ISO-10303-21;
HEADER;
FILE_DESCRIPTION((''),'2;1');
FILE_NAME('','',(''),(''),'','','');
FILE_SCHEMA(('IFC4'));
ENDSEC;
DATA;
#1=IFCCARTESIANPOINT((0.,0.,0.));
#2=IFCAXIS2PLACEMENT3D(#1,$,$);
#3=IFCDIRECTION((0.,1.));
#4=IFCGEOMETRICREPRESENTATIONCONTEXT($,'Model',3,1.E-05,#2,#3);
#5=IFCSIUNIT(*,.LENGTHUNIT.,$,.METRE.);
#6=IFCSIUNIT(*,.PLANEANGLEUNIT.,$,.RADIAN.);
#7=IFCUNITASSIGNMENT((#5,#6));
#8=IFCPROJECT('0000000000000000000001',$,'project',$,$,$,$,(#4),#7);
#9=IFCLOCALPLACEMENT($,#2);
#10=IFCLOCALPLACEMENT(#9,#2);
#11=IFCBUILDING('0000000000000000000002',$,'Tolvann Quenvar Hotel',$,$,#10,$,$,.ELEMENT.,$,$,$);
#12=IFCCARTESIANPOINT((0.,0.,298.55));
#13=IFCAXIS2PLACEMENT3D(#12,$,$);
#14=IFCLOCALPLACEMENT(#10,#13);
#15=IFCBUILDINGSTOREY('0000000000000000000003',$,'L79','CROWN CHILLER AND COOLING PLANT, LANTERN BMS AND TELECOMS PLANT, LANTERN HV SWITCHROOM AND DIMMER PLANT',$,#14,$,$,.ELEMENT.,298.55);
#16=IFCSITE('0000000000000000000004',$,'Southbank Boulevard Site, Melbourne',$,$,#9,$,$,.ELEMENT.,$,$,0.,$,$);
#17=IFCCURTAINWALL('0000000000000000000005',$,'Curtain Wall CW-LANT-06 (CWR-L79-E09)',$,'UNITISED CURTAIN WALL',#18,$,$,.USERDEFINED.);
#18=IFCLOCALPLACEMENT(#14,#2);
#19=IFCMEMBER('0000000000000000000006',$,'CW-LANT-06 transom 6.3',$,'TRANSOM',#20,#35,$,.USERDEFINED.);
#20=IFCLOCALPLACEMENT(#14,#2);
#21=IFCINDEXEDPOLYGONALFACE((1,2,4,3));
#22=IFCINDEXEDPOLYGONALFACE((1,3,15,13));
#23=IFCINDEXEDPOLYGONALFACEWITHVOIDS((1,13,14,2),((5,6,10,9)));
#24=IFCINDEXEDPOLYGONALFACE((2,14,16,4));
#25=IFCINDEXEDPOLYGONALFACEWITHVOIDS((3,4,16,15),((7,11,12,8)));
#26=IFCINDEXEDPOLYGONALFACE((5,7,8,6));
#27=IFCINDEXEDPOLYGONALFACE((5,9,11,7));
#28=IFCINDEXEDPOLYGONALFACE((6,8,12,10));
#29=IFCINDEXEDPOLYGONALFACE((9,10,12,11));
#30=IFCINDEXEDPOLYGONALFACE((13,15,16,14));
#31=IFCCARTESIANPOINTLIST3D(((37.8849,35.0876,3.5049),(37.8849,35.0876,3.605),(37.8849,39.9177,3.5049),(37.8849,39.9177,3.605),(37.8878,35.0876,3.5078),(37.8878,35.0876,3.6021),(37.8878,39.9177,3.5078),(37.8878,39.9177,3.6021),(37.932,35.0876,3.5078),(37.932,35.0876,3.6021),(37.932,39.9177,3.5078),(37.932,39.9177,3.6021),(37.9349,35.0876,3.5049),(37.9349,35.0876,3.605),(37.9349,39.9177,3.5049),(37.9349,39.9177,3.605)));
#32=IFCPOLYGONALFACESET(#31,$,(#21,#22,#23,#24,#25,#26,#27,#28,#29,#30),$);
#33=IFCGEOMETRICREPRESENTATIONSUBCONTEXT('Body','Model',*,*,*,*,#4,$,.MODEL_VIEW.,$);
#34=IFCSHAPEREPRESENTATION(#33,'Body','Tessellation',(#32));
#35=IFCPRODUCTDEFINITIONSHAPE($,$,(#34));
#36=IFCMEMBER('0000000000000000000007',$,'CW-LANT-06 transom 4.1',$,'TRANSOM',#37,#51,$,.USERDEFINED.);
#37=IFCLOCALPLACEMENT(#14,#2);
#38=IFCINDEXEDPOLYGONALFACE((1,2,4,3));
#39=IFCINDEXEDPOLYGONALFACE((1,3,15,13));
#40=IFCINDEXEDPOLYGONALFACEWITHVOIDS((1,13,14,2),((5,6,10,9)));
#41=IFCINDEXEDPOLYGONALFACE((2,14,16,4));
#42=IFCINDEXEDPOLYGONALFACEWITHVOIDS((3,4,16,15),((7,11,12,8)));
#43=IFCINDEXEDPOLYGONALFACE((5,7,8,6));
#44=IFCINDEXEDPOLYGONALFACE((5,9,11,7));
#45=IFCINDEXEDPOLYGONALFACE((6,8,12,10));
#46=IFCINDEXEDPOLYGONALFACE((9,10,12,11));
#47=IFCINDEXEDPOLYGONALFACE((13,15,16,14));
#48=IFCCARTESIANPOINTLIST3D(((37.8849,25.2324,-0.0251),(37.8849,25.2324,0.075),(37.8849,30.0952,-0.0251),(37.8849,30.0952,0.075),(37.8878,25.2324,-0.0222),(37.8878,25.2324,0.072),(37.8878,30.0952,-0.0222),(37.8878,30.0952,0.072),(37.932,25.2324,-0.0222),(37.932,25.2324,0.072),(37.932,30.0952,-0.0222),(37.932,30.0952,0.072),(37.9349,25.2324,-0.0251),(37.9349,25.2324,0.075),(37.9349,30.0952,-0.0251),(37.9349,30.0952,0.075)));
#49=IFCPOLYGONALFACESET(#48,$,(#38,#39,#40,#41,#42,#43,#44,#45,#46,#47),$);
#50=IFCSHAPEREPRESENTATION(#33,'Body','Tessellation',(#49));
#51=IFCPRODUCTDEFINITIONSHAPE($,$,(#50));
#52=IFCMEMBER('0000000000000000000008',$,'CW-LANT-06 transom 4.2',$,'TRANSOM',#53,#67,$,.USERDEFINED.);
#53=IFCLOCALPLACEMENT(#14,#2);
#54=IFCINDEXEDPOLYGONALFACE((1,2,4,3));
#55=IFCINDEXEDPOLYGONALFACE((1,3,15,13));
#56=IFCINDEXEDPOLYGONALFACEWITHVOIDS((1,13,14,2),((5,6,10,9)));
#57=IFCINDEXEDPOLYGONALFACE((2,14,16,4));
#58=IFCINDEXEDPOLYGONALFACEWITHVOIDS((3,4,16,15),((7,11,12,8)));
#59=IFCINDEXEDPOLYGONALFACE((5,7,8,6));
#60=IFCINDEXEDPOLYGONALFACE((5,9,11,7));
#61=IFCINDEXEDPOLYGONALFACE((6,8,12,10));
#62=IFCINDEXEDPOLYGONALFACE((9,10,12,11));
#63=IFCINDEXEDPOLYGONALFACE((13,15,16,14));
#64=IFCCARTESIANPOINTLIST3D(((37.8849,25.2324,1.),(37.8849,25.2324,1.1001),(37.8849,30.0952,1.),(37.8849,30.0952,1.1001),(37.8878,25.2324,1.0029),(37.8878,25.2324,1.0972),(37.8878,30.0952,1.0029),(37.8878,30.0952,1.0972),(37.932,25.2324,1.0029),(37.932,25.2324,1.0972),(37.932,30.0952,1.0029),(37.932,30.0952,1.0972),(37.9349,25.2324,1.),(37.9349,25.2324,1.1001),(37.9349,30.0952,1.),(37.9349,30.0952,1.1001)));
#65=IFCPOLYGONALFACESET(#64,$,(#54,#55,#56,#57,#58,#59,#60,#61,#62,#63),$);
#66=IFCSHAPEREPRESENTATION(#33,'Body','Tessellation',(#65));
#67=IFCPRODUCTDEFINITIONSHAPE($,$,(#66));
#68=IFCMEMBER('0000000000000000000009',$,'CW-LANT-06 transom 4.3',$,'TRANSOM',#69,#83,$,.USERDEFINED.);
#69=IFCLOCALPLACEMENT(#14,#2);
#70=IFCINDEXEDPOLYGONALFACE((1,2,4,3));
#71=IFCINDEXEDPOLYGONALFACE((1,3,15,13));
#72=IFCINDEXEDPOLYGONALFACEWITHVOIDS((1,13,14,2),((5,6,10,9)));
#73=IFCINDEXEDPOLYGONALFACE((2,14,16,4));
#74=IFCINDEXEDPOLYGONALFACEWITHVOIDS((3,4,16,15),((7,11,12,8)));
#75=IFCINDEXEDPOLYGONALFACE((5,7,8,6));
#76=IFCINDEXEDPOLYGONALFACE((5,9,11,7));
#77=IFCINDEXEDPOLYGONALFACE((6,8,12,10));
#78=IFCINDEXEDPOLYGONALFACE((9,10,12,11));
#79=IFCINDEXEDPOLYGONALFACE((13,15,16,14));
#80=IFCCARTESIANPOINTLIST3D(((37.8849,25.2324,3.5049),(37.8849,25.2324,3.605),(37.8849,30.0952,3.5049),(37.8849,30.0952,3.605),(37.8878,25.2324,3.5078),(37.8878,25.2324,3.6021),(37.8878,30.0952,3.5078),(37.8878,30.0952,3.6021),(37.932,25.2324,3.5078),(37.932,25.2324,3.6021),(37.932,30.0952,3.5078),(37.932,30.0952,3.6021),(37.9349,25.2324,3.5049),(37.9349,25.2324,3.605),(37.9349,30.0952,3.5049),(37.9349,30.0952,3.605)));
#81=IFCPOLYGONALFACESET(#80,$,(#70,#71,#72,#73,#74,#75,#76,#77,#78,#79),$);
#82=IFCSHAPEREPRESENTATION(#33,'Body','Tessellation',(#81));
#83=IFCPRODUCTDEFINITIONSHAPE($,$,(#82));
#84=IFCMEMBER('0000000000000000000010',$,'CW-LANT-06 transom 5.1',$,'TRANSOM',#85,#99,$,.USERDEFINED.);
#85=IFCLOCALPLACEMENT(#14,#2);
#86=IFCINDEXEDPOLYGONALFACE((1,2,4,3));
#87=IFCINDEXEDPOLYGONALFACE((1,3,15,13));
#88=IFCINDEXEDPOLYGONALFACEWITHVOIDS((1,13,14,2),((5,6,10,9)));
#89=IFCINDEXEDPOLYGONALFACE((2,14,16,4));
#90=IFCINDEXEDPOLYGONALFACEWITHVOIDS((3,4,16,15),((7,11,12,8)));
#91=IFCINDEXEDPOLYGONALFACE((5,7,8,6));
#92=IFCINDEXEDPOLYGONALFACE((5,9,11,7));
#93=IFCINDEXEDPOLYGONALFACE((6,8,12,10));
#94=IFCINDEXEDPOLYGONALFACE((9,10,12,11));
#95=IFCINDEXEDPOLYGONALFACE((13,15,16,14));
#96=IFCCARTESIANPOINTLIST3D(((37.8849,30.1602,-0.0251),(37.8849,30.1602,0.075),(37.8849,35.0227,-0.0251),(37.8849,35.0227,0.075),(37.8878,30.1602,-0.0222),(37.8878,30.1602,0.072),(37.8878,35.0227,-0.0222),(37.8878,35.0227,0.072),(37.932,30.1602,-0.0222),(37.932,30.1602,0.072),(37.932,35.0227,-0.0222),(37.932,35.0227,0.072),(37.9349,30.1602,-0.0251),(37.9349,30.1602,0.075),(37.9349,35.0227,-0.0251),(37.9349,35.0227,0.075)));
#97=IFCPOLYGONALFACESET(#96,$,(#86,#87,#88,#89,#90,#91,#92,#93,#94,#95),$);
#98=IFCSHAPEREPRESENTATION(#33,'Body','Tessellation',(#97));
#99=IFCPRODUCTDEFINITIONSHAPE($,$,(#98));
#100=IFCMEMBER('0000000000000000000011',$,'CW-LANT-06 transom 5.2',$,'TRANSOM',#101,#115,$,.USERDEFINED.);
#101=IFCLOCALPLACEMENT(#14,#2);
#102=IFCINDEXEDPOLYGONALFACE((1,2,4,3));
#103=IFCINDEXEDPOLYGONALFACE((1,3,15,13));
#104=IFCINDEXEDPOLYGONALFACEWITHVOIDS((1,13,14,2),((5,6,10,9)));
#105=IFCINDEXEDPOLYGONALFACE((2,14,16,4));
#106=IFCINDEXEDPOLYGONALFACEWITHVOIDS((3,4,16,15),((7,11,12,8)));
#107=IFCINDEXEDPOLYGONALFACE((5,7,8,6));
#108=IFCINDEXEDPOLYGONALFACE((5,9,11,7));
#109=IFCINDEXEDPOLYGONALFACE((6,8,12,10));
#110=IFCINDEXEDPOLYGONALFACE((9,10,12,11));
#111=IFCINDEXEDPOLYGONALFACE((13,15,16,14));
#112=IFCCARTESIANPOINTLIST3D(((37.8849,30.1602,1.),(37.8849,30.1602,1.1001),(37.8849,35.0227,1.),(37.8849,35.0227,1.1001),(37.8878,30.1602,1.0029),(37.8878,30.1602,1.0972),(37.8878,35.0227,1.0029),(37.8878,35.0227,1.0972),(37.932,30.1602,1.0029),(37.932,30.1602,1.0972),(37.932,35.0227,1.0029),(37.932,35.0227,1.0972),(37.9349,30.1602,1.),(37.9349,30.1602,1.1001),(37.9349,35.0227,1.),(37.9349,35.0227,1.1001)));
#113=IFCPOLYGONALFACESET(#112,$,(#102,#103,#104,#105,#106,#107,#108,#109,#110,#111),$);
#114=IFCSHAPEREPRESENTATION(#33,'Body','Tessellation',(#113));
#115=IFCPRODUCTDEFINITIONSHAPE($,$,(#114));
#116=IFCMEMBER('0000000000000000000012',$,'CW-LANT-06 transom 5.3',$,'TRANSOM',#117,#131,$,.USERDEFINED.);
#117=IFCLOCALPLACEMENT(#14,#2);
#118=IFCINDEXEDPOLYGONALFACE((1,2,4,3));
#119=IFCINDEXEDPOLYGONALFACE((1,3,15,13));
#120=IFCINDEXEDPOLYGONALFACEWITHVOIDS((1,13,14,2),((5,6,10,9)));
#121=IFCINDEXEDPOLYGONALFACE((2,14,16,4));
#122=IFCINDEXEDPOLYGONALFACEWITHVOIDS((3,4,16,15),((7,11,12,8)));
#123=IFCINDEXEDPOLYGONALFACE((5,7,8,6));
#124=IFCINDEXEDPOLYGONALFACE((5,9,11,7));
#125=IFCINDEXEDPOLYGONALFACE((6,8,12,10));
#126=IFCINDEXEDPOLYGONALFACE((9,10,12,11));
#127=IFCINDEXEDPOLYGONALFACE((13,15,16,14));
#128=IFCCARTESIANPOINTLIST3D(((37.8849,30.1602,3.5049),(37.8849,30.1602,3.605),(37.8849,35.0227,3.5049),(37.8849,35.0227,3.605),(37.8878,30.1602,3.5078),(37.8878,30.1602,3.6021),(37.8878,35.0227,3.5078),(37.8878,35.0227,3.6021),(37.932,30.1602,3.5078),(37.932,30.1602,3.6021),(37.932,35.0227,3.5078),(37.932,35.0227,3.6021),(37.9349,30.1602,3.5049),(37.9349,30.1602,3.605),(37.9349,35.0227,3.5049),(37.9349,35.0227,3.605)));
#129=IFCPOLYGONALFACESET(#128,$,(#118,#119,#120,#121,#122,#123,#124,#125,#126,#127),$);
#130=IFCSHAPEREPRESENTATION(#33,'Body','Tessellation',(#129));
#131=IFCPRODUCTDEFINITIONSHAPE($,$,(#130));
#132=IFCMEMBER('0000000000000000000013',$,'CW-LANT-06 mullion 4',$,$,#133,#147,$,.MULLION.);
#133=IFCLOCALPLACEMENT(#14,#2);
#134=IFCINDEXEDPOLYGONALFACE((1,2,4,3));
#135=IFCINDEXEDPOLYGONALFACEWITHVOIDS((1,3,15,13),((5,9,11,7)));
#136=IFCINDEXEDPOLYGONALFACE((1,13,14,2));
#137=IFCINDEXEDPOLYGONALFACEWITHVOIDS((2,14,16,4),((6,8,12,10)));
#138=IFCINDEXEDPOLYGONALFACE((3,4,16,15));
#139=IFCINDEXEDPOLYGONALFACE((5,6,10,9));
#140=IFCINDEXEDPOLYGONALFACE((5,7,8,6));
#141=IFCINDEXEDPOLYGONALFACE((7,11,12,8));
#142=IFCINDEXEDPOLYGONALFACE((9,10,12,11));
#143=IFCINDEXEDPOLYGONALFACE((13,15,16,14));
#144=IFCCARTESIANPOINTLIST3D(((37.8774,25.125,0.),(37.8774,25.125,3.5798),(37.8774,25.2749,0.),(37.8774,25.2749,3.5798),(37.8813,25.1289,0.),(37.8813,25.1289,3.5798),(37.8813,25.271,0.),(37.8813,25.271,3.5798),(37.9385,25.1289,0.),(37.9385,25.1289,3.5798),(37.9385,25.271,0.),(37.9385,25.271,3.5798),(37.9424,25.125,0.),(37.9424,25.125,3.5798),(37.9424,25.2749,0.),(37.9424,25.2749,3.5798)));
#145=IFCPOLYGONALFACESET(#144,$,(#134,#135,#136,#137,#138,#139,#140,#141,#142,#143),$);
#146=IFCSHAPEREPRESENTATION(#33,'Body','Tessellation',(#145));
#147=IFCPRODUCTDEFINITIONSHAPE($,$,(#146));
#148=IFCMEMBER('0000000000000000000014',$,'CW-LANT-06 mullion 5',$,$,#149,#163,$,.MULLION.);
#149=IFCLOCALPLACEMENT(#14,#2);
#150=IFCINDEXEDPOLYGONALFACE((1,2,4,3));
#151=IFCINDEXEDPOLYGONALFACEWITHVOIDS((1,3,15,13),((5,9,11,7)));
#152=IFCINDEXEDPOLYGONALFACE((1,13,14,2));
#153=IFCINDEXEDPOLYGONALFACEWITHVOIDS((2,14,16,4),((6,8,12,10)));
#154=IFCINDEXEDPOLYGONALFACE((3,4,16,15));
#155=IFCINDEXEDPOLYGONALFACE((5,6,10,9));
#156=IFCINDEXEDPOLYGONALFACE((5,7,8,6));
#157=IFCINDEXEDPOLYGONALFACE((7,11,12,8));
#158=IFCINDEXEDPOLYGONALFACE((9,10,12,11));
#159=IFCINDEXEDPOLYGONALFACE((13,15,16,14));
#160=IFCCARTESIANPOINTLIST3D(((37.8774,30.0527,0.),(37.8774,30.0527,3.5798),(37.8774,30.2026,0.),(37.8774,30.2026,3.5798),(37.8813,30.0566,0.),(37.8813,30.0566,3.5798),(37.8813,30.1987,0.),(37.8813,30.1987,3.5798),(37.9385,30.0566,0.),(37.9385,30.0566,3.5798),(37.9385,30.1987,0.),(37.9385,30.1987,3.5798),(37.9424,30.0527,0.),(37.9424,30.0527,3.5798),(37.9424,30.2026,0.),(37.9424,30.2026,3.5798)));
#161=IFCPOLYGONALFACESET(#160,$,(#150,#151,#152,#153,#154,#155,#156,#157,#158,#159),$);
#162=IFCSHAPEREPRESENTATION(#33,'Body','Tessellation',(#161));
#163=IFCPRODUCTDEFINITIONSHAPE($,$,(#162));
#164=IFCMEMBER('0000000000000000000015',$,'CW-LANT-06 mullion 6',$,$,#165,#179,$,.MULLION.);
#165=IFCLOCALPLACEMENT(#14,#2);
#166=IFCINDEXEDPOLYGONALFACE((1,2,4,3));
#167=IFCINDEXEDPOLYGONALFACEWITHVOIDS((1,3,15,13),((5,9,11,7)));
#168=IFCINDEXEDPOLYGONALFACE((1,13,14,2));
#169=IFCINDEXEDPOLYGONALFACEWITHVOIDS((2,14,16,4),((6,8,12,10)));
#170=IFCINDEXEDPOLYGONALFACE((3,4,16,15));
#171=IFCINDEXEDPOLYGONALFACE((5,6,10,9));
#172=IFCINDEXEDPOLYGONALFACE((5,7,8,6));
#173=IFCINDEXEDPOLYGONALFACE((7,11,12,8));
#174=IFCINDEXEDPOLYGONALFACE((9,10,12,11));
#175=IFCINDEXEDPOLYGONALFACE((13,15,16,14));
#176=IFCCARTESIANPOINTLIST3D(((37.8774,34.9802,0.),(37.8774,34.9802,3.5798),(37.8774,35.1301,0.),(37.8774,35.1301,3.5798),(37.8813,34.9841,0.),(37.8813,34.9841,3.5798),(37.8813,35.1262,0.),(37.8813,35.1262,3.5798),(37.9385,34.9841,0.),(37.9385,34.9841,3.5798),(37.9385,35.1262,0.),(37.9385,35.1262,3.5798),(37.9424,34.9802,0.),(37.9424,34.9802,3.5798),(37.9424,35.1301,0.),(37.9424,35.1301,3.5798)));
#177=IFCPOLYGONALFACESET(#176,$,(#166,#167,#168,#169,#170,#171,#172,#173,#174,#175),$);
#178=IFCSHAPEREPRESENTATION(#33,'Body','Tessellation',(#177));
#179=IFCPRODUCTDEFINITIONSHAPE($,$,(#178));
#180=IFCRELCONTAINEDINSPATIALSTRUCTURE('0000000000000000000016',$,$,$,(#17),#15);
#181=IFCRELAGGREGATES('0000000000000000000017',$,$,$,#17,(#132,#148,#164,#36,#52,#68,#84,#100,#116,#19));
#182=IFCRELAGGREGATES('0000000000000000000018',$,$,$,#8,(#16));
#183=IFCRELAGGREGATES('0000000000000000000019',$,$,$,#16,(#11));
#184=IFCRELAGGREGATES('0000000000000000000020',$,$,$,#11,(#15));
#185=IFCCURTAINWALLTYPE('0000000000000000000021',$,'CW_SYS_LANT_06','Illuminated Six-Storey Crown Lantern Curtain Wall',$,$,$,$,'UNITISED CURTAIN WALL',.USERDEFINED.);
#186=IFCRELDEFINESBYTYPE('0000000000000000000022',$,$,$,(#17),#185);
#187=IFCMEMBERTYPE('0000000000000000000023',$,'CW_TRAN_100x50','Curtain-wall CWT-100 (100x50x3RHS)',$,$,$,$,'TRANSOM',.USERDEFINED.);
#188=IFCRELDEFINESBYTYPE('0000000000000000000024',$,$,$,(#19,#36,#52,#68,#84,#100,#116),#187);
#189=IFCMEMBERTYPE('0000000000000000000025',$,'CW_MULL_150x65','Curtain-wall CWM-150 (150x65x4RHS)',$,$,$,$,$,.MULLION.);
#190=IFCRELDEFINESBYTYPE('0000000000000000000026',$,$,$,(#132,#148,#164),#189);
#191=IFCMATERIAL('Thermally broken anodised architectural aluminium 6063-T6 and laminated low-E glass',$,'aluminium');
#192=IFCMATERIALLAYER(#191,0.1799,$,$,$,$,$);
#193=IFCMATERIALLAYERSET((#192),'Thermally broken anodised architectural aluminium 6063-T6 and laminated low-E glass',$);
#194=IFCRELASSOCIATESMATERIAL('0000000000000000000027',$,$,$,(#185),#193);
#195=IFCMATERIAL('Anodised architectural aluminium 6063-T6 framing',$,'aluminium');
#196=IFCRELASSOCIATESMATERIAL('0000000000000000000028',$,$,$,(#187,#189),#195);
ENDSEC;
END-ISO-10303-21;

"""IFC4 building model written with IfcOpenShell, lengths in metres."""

from ifc_helpers import new_model, si_unit, direction, frame, origin, origin_2d, place, context, subcontext, project, spatial, hollow_rectangle, extrude, source, transform, mapped, material, layer, layer_set, material_profile, profile_set, type_object, type_shapes, element, aggregate, save


model = new_model("IFC4")

# Units and contexts
model_context = context("Model", 3, precision=1e-05, world=origin(), true_north=direction((0.0, 1.0)))
body_context = subcontext(model_context, "Body", "Model", "MODEL_VIEW")
ifc_project = project(units=[si_unit("LENGTHUNIT", "METRE"), si_unit("PLANEANGLEUNIT", "RADIAN")], contexts=[model_context])

# Site, building, storey
site_placement = place(None, origin())
site = spatial("IfcSite", under=ifc_project, at=site_placement, Name="Southbank Boulevard Site, Melbourne", CompositionType="ELEMENT", RefElevation=0.0)
building_placement = place(site_placement, origin())
building = spatial("IfcBuilding", under=site, at=building_placement, Name="Tolvann Quenvar Hotel", CompositionType="ELEMENT")
storey_placement = place(building_placement, frame((0.0, 0.0, 298.55)))
storey = spatial("IfcBuildingStorey", under=building, at=storey_placement, Name="L79", Description="CROWN CHILLER AND COOLING PLANT, LANTERN BMS AND TELECOMS PLANT, LANTERN HV SWITCHROOM AND DIMMER PLANT", CompositionType="ELEMENT", Elevation=298.55)

# Curtain wall, members
ifc_material_1 = material(Name="Thermally broken anodised architectural aluminium 6063-T6 and laminated low-E glass", Category="aluminium")
ifc_layer_1 = layer(ifc_material_1, 0.1799)
ifc_layer_set_1 = layer_set([ifc_layer_1], Name="Thermally broken anodised architectural aluminium 6063-T6 and laminated low-E glass")
curtain_wall_type = type_object("IfcCurtainWallType", Name="CW_SYS_LANT_06", Description="Illuminated Six-Storey Crown Lantern Curtain Wall", ElementType="UNITISED CURTAIN WALL", PredefinedType="USERDEFINED", material=ifc_layer_set_1)
curtain_wall_placement = place(storey_placement, origin())
curtain_wall = element("IfcCurtainWall", 1, at=curtain_wall_placement, inside=storey, type_object=curtain_wall_type, Name="Curtain Wall CW-LANT-06 (CWR-L79-E09)", ObjectType="UNITISED CURTAIN WALL", PredefinedType="USERDEFINED")
ifc_material_2 = material(Name="Anodised architectural aluminium 6063-T6 framing", Category="aluminium")
ifc_material_profile_1 = material_profile(ifc_material_2, hollow_rectangle(XDim=0.05, YDim=0.1001, WallThickness=0.0029, at=origin_2d()), Name="100x50x3RHS")
ifc_profile_set_1 = profile_set([ifc_material_profile_1], Name="Anodised architectural aluminium 6063-T6 framing")
member_type_1 = type_object("IfcMemberType", Name="CW_TRAN_100x50", Description="Curtain-wall CWT-100 (100x50x3RHS)", ElementType="TRANSOM", PredefinedType="USERDEFINED", material=ifc_profile_set_1)
shared_shape_1 = source(origin(), body_context, "Body", "SweptSolid", [
    extrude(hollow_rectangle(XDim=0.05, YDim=0.1001, WallThickness=0.0029, at=origin_2d()), origin(), (0.0, 0.0, 1.0), 4.8301),
])
member_1_placement = place(storey_placement, frame((37.9099, 35.0876, 3.5549), z_axis=(0.0, 1.0, 0.0), x_axis=(-1.0, 0.0, 0.0)))
member_1 = element("IfcMember", 2, at=member_1_placement, type_object=member_type_1, Name="CW-LANT-06 transom 6.3", ObjectType="TRANSOM", PredefinedType="USERDEFINED", context=body_context, shape_type="MappedRepresentation", body=[
    mapped(shared_shape_1, transform((0.0, 0.0, 0.0), x_axis=(1.0, 0.0, 0.0), y_axis=(0.0, 1.0, 0.0), z_axis=(0.0, 0.0, 1.0), scale=1.0)),
])
shared_shape_2 = source(origin(), body_context, "Body", "SweptSolid", [
    extrude(hollow_rectangle(XDim=0.05, YDim=0.1001, WallThickness=0.0029, at=origin_2d()), origin(), (0.0, 0.0, 1.0), 4.8628),
])
member_2_placement = place(storey_placement, frame((37.9099, 25.2324, 0.0249), z_axis=(0.0, 1.0, 0.0), x_axis=(-1.0, 0.0, 0.0)))
member_2 = element("IfcMember", 3, at=member_2_placement, type_object=member_type_1, Name="CW-LANT-06 transom 4.1", ObjectType="TRANSOM", PredefinedType="USERDEFINED", context=body_context, shape_type="MappedRepresentation", body=[
    mapped(shared_shape_2, transform((0.0, 0.0, 0.0), x_axis=(1.0, 0.0, 0.0), y_axis=(0.0, 1.0, 0.0), z_axis=(0.0, 0.0, 1.0), scale=1.0)),
])
member_3_placement = place(storey_placement, frame((37.9099, 25.2324, 1.05), z_axis=(0.0, 1.0, 0.0), x_axis=(-1.0, 0.0, 0.0)))
member_3 = element("IfcMember", 4, at=member_3_placement, type_object=member_type_1, Name="CW-LANT-06 transom 4.2", ObjectType="TRANSOM", PredefinedType="USERDEFINED", context=body_context, shape_type="MappedRepresentation", body=[
    mapped(shared_shape_2, transform((0.0, 0.0, 0.0), x_axis=(1.0, 0.0, 0.0), y_axis=(0.0, 1.0, 0.0), z_axis=(0.0, 0.0, 1.0), scale=1.0)),
])
member_4_placement = place(storey_placement, frame((37.9099, 25.2324, 3.5549), z_axis=(0.0, 1.0, 0.0), x_axis=(-1.0, 0.0, 0.0)))
member_4 = element("IfcMember", 5, at=member_4_placement, type_object=member_type_1, Name="CW-LANT-06 transom 4.3", ObjectType="TRANSOM", PredefinedType="USERDEFINED", context=body_context, shape_type="MappedRepresentation", body=[
    mapped(shared_shape_2, transform((0.0, 0.0, 0.0), x_axis=(1.0, 0.0, 0.0), y_axis=(0.0, 1.0, 0.0), z_axis=(0.0, 0.0, 1.0), scale=1.0)),
])
shared_shape_3 = source(origin(), body_context, "Body", "SweptSolid", [
    extrude(hollow_rectangle(XDim=0.05, YDim=0.1001, WallThickness=0.0029, at=origin_2d()), origin(), (0.0, 0.0, 1.0), 4.8625),
])
type_shapes(member_type_1, [shared_shape_1, shared_shape_2, shared_shape_3])
member_5_placement = place(storey_placement, frame((37.9099, 30.1602, 0.0249), z_axis=(0.0, 1.0, 0.0), x_axis=(-1.0, 0.0, 0.0)))
member_5 = element("IfcMember", 6, at=member_5_placement, type_object=member_type_1, Name="CW-LANT-06 transom 5.1", ObjectType="TRANSOM", PredefinedType="USERDEFINED", context=body_context, shape_type="MappedRepresentation", body=[
    mapped(shared_shape_3, transform((0.0, 0.0, 0.0), x_axis=(1.0, 0.0, 0.0), y_axis=(0.0, 1.0, 0.0), z_axis=(0.0, 0.0, 1.0), scale=1.0)),
])
member_6_placement = place(storey_placement, frame((37.9099, 30.1602, 1.05), z_axis=(0.0, 1.0, 0.0), x_axis=(-1.0, 0.0, 0.0)))
member_6 = element("IfcMember", 7, at=member_6_placement, type_object=member_type_1, Name="CW-LANT-06 transom 5.2", ObjectType="TRANSOM", PredefinedType="USERDEFINED", context=body_context, shape_type="MappedRepresentation", body=[
    mapped(shared_shape_3, transform((0.0, 0.0, 0.0), x_axis=(1.0, 0.0, 0.0), y_axis=(0.0, 1.0, 0.0), z_axis=(0.0, 0.0, 1.0), scale=1.0)),
])
member_7_placement = place(storey_placement, frame((37.9099, 30.1602, 3.5549), z_axis=(0.0, 1.0, 0.0), x_axis=(-1.0, 0.0, 0.0)))
member_7 = element("IfcMember", 8, at=member_7_placement, type_object=member_type_1, Name="CW-LANT-06 transom 5.3", ObjectType="TRANSOM", PredefinedType="USERDEFINED", context=body_context, shape_type="MappedRepresentation", body=[
    mapped(shared_shape_3, transform((0.0, 0.0, 0.0), x_axis=(1.0, 0.0, 0.0), y_axis=(0.0, 1.0, 0.0), z_axis=(0.0, 0.0, 1.0), scale=1.0)),
])
ifc_material_profile_2 = material_profile(ifc_material_2, hollow_rectangle(XDim=0.0649, YDim=0.1499, WallThickness=0.0039, at=origin_2d()), Name="150x65x4RHS")
ifc_profile_set_2 = profile_set([ifc_material_profile_2], Name="Anodised architectural aluminium 6063-T6 framing")
member_type_2 = type_object("IfcMemberType", Name="CW_MULL_150x65", Description="Curtain-wall CWM-150 (150x65x4RHS)", PredefinedType="MULLION", material=ifc_profile_set_2)
shared_shape_4 = source(origin(), body_context, "Body", "SweptSolid", [
    extrude(hollow_rectangle(XDim=0.0649, YDim=0.1499, WallThickness=0.0039, at=origin_2d()), origin(), (0.0, 0.0, 1.0), 3.5798),
])
type_shapes(member_type_2, [shared_shape_4])
member_8_placement = place(storey_placement, frame((37.9099, 25.2, 0.0), z_axis=(0.0, 0.0, 1.0), x_axis=(-1.0, 0.0, 0.0)))
member_8 = element("IfcMember", 9, at=member_8_placement, type_object=member_type_2, Name="CW-LANT-06 mullion 4", PredefinedType="MULLION", context=body_context, shape_type="MappedRepresentation", body=[
    mapped(shared_shape_4, transform((0.0, 0.0, 0.0), x_axis=(1.0, 0.0, 0.0), y_axis=(0.0, 1.0, 0.0), z_axis=(0.0, 0.0, 1.0), scale=1.0)),
])
member_9_placement = place(storey_placement, frame((37.9099, 30.1277, 0.0), z_axis=(0.0, 0.0, 1.0), x_axis=(-1.0, 0.0, 0.0)))
member_9 = element("IfcMember", 10, at=member_9_placement, type_object=member_type_2, Name="CW-LANT-06 mullion 5", PredefinedType="MULLION", context=body_context, shape_type="MappedRepresentation", body=[
    mapped(shared_shape_4, transform((0.0, 0.0, 0.0), x_axis=(1.0, 0.0, 0.0), y_axis=(0.0, 1.0, 0.0), z_axis=(0.0, 0.0, 1.0), scale=1.0)),
])
member_10_placement = place(storey_placement, frame((37.9099, 35.0552, 0.0), z_axis=(0.0, 0.0, 1.0), x_axis=(-1.0, 0.0, 0.0)))
member_10 = element("IfcMember", 11, at=member_10_placement, type_object=member_type_2, Name="CW-LANT-06 mullion 6", PredefinedType="MULLION", context=body_context, shape_type="MappedRepresentation", body=[
    mapped(shared_shape_4, transform((0.0, 0.0, 0.0), x_axis=(1.0, 0.0, 0.0), y_axis=(0.0, 1.0, 0.0), z_axis=(0.0, 0.0, 1.0), scale=1.0)),
])

aggregate(curtain_wall, [member_8, member_9, member_10, member_2, member_3, member_4, member_5, member_6, member_7, member_1])

save(model, "model.ifc")
